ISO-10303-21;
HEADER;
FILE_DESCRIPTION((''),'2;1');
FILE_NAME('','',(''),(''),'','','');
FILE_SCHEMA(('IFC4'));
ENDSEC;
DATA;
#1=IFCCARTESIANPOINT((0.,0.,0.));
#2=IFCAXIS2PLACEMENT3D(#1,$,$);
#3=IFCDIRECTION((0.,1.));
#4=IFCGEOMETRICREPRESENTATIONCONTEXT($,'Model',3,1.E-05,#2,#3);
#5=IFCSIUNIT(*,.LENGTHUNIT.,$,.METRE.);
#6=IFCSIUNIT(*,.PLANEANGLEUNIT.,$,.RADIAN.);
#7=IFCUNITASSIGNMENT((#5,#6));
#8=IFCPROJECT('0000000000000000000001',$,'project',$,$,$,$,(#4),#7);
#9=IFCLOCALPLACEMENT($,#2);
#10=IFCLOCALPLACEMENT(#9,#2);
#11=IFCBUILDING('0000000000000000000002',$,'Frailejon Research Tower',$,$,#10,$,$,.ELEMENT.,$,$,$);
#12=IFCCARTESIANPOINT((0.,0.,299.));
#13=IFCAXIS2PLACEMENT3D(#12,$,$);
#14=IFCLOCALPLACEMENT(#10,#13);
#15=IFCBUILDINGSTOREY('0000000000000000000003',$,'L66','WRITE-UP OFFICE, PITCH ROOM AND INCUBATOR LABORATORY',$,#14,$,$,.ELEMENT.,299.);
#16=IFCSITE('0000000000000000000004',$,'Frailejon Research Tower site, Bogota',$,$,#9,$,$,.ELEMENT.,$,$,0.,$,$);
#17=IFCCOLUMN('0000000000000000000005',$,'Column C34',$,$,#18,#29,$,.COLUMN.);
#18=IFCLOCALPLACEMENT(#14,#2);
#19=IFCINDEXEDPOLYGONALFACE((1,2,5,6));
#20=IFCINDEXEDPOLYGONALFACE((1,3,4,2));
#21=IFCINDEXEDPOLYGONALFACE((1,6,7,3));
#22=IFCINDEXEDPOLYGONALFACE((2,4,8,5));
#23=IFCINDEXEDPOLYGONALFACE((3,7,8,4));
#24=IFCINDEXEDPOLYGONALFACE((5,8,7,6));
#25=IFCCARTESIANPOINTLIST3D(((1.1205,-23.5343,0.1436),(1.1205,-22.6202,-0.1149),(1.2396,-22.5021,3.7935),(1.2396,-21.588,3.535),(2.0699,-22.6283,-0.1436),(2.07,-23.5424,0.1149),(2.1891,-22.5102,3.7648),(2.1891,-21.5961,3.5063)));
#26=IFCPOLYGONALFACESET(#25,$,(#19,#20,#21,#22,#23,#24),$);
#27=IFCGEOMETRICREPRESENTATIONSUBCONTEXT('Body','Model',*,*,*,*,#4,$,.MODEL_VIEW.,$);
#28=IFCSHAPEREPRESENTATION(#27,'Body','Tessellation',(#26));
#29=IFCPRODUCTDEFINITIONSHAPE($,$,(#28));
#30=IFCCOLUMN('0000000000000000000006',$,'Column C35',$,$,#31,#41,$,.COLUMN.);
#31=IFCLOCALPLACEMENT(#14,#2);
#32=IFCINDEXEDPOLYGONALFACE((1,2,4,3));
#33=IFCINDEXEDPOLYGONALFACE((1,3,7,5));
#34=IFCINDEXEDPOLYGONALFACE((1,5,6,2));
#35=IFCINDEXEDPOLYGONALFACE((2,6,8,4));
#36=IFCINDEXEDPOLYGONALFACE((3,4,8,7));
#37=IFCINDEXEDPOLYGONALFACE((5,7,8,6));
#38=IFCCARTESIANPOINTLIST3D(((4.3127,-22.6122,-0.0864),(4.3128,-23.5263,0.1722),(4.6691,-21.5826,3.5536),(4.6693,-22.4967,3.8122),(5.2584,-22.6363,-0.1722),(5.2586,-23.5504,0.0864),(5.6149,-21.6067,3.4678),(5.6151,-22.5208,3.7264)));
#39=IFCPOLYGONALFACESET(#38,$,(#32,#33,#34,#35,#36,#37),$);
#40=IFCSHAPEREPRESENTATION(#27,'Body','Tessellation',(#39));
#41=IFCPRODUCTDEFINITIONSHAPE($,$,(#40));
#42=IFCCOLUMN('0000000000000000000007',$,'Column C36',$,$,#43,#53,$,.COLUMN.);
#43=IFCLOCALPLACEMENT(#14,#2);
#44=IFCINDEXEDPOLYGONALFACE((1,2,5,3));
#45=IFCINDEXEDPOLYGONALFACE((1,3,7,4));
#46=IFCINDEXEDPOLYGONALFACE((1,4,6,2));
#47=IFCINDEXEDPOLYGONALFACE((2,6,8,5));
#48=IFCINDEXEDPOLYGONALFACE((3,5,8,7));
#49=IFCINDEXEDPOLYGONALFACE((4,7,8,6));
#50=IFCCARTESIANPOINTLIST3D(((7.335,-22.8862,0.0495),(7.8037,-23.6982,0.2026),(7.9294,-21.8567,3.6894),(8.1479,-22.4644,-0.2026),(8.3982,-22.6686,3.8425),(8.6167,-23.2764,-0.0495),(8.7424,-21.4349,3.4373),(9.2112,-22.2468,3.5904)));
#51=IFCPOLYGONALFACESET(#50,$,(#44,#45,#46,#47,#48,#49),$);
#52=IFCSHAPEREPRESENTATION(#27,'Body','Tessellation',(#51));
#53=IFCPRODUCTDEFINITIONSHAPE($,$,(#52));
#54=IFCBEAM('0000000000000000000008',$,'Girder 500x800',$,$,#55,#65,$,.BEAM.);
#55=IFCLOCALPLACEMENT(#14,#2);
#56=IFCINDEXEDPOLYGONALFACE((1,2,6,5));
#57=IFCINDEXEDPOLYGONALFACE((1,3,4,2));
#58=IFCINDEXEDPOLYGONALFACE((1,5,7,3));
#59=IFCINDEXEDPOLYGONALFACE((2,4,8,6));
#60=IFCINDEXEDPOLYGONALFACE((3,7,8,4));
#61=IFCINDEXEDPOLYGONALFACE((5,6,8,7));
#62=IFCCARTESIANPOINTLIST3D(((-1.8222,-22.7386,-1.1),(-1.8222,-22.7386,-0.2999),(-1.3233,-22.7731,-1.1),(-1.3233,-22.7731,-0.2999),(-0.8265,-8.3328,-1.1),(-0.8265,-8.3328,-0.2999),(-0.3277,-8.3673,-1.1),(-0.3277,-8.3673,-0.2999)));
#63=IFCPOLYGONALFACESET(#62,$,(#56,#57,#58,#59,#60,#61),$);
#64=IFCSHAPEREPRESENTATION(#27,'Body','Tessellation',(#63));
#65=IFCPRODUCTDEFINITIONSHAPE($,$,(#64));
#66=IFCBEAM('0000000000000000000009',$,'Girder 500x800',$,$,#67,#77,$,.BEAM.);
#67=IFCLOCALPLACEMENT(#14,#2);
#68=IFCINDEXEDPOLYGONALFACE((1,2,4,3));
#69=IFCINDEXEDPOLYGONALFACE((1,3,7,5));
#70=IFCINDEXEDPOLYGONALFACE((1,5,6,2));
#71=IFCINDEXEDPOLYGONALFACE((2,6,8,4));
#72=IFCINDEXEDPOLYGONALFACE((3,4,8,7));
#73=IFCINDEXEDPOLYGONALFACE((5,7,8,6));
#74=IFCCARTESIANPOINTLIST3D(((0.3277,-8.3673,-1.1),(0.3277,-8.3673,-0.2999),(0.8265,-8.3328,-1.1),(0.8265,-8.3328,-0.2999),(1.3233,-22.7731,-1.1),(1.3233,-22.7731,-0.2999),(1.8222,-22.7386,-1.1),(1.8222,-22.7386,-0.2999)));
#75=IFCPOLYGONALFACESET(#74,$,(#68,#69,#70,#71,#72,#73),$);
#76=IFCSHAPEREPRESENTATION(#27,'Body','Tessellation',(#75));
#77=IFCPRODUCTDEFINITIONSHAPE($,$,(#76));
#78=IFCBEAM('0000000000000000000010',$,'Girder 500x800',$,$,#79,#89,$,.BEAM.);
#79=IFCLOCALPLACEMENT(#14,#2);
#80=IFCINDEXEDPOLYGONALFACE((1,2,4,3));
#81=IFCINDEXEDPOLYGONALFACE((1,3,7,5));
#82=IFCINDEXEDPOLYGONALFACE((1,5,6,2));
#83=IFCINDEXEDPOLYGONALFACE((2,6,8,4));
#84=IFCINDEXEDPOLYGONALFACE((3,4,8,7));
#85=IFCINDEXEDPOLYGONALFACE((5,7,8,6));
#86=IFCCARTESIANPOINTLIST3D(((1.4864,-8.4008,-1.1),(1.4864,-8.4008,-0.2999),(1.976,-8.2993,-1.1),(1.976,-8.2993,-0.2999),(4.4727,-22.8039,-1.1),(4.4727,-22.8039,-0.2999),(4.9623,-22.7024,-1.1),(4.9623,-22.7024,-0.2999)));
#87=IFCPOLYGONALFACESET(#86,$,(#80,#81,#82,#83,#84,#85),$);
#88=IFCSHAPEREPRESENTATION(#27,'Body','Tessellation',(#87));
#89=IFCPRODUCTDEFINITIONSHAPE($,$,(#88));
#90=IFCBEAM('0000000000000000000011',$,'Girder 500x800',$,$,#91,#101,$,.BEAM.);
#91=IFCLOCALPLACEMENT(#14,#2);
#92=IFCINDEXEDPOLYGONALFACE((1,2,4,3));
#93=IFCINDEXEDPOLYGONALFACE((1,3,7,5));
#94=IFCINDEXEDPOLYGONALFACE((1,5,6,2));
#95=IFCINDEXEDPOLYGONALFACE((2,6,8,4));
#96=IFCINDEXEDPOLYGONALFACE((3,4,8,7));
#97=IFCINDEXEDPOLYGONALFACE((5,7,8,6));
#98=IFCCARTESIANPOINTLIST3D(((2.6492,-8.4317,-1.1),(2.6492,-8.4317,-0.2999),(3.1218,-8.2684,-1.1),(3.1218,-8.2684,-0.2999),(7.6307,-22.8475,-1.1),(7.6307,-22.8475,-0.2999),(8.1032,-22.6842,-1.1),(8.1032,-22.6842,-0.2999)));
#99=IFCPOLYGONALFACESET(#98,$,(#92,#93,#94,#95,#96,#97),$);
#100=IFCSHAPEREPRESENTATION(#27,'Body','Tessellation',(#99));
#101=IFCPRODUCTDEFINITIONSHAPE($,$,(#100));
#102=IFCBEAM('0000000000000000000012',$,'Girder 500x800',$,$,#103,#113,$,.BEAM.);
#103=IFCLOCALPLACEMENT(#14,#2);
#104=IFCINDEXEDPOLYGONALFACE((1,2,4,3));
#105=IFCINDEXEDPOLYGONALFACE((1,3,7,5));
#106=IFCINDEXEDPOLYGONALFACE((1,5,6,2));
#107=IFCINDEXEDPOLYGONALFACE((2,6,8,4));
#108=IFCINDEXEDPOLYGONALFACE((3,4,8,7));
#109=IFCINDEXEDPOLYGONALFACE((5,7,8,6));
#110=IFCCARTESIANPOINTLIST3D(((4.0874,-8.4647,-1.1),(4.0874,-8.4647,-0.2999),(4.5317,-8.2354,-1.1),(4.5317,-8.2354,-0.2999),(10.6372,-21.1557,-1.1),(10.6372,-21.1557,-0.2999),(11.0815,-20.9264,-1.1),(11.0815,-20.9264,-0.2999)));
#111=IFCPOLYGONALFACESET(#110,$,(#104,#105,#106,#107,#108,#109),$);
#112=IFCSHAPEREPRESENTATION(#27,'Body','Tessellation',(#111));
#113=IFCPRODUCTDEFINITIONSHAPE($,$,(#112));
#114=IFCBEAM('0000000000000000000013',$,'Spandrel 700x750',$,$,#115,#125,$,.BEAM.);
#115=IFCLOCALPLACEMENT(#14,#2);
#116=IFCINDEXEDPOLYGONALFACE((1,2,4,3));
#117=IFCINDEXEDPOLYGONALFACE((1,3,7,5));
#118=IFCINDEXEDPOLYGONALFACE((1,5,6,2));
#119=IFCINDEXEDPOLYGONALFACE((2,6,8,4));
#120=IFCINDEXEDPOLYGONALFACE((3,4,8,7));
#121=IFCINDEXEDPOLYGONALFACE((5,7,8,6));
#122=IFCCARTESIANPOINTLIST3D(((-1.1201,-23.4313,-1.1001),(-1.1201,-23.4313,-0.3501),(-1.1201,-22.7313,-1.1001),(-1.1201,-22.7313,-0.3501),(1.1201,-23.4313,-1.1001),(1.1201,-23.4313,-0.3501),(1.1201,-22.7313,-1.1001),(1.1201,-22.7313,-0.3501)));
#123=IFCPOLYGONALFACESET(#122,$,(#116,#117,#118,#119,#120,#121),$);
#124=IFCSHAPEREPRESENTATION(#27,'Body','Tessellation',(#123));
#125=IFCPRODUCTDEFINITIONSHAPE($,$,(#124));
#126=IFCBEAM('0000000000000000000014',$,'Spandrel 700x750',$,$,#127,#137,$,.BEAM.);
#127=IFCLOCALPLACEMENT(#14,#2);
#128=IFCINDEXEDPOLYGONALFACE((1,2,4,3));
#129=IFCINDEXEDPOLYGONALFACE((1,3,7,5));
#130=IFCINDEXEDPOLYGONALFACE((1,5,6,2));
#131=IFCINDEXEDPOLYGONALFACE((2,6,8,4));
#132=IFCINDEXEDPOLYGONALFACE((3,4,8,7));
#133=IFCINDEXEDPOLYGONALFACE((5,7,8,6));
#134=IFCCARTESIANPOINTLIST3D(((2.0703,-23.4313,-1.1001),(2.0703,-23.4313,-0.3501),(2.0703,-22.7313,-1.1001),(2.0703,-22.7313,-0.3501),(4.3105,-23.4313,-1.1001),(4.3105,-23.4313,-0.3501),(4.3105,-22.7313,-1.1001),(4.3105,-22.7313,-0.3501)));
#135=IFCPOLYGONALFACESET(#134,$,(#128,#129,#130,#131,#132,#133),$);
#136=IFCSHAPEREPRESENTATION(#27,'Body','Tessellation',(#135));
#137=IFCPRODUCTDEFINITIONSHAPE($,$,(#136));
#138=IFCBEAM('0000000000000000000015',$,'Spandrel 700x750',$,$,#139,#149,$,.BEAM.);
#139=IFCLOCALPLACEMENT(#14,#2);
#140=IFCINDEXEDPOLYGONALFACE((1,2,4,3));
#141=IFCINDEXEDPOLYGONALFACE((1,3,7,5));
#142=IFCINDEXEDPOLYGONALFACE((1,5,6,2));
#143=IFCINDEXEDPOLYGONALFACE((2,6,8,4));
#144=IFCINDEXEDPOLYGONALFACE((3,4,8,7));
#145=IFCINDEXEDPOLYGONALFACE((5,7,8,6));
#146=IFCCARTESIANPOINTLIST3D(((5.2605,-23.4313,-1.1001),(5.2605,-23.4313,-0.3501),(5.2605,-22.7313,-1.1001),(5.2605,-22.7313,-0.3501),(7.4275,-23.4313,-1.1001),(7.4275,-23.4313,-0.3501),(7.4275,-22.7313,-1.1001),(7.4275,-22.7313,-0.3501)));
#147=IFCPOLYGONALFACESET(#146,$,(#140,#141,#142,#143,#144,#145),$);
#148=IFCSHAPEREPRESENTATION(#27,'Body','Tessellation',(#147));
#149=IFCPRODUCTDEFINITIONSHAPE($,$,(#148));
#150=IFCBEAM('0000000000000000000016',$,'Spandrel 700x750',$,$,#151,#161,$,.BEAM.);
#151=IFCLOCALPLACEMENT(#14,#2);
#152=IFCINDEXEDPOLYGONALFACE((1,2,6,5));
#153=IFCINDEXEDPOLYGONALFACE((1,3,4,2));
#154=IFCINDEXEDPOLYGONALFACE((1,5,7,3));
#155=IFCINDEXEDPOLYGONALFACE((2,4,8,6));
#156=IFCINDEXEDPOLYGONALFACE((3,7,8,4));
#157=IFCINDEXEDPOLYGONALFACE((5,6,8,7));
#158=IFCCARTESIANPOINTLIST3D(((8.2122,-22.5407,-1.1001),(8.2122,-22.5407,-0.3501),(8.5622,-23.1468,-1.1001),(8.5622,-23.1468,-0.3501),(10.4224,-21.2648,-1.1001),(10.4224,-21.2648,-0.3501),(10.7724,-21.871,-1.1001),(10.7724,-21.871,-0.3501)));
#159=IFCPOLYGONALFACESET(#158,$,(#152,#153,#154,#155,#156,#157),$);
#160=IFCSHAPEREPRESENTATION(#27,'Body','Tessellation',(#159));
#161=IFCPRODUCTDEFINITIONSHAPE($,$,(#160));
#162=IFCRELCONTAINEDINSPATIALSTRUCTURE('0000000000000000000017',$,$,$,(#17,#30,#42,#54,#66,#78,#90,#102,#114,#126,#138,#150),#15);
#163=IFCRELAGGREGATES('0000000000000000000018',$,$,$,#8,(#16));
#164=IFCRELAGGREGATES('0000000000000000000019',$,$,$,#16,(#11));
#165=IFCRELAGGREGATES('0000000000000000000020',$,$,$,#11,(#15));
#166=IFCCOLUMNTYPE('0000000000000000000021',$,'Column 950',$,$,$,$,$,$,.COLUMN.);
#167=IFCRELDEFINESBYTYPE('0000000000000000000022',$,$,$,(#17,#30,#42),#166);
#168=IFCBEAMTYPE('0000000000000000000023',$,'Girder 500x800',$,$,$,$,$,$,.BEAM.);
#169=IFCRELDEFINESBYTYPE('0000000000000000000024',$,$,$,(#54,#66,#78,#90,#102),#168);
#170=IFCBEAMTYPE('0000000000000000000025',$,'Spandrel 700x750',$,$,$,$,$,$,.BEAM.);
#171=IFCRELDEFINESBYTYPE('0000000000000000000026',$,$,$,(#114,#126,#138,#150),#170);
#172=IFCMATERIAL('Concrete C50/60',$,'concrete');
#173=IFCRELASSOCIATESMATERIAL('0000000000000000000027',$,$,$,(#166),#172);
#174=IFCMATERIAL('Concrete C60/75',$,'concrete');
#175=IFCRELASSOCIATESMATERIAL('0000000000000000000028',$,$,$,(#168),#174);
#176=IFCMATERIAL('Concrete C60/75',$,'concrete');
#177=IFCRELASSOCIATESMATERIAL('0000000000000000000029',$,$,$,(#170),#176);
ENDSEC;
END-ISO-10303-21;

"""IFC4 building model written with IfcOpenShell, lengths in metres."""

from ifc_helpers import new_model, si_unit, direction, frame, origin, origin_2d, place, context, subcontext, project, spatial, rectangle, extrude, material, material_profile, profile_set, type_object, element, save


model = new_model("IFC4")

# Units and contexts
model_context = context("Model", 3, precision=1e-05, world=origin(), true_north=direction((0.0, 1.0)))
body_context = subcontext(model_context, "Body", "Model", "MODEL_VIEW")
ifc_project = project(units=[si_unit("LENGTHUNIT", "METRE"), si_unit("PLANEANGLEUNIT", "RADIAN")], contexts=[model_context])

# Site, building, storey
site_placement = place(None, origin())
site = spatial("IfcSite", under=ifc_project, at=site_placement, Name="Frailejon Research Tower site, Bogota", CompositionType="ELEMENT", RefElevation=0.0)
building_placement = place(site_placement, origin())
building = spatial("IfcBuilding", under=site, at=building_placement, Name="Frailejon Research Tower", CompositionType="ELEMENT")
storey_placement = place(building_placement, frame((0.0, 0.0, 299.0)))
storey = spatial("IfcBuildingStorey", under=building, at=storey_placement, Name="L66", Description="WRITE-UP OFFICE, PITCH ROOM AND INCUBATOR LABORATORY", CompositionType="ELEMENT", Elevation=299.0)

# Columns
ifc_material_1 = material(Name="Concrete C50/60", Category="concrete")
ifc_material_profile_1 = material_profile(ifc_material_1, rectangle(XDim=0.95, YDim=0.95, at=origin_2d()), Name="Column 950")
ifc_profile_set_1 = profile_set([ifc_material_profile_1], Name="Concrete C50/60")
column_type = type_object("IfcColumnType", Name="Column 950", PredefinedType="COLUMN", material=ifc_profile_set_1)
column_1_placement = place(storey_placement, frame((1.5952, -23.0813, 0.0), z_axis=(0.031395, 0.272002, 0.961785), x_axis=(0.999507, -0.008525, -0.030215)))
element("IfcColumn", 1, at=column_1_placement, inside=storey, type_object=column_type, Name="Column C34", PredefinedType="COLUMN", context=body_context, shape_type="SweptSolid", body=[
    extrude(rectangle(XDim=0.95, YDim=0.95, at=origin_2d()), origin(), (0.0, 0.0, 1.0), 3.7949),
])
column_2_placement = place(storey_placement, frame((4.7856, -23.0813, 0.0), z_axis=(0.093815, 0.270971, 0.958005), x_axis=(0.99559, -0.025368, -0.09032)))
element("IfcColumn", 2, at=column_2_placement, inside=storey, type_object=column_type, Name="Column C35", PredefinedType="COLUMN", context=body_context, shape_type="SweptSolid", body=[
    extrude(rectangle(XDim=0.95, YDim=0.95, at=origin_2d()), origin(), (0.0, 0.0, 1.0), 3.7996),
])
column_3_placement = place(storey_placement, frame((7.9758, -23.0813, 0.0), z_axis=(0.155253, 0.268871, 0.950581), x_axis=(0.855809, 0.444038, -0.26537)))
element("IfcColumn", 3, at=column_3_placement, inside=storey, type_object=column_type, Name="Column C36", PredefinedType="COLUMN", context=body_context, shape_type="SweptSolid", body=[
    extrude(rectangle(XDim=0.95, YDim=0.95, at=origin_2d()), origin(), (0.0, 0.0, 1.0), 3.8291),
])

# Beams
ifc_material_2 = material(Name="Concrete C60/75", Category="concrete")
ifc_material_profile_2 = material_profile(ifc_material_2, rectangle(XDim=0.5, YDim=0.8, at=origin_2d()), Name="Girder 500x800")
ifc_profile_set_2 = profile_set([ifc_material_profile_2], Name="Concrete C60/75")
beam_type_1 = type_object("IfcBeamType", Name="Girder 500x800", PredefinedType="BEAM", material=ifc_profile_set_2)
for number, where, z_axis, x_axis, name in (
    (4, (-1.5728, -22.7559, -0.7), (0.068947, 0.99762, 0.0), (-0.99762, 0.068947, 0.0), "Girder 500x800"),
    (5, (1.5728, -22.7559, -0.7), (-0.068947, 0.99762, 0.0), (-0.99762, -0.068947, 0.0), "Girder 500x800"),
):
    element("IfcBeam", number, at=place(storey_placement, frame(where, z_axis=z_axis, x_axis=x_axis)), inside=storey, type_object=beam_type_1, Name=name, PredefinedType="BEAM", context=body_context, shape_type="SweptSolid", body=[
        extrude(rectangle(XDim=0.5, YDim=0.8, at=origin_2d()), origin(), (0.0, 0.0, 1.0), 14.4402),
    ])
beam_1_placement = place(storey_placement, frame((4.7175, -22.7532, -0.7), z_axis=(-0.203022, 0.979174, 0.0), x_axis=(-0.979174, -0.203022, 0.0)))
element("IfcBeam", 6, at=beam_1_placement, inside=storey, type_object=beam_type_1, Name="Girder 500x800", PredefinedType="BEAM", context=body_context, shape_type="SweptSolid", body=[
    extrude(rectangle(XDim=0.5, YDim=0.8, at=origin_2d()), origin(), (0.0, 0.0, 1.0), 14.7095),
])
beam_2_placement = place(storey_placement, frame((7.8669, -22.7659, -0.7), z_axis=(-0.326605, 0.945161, 0.0), x_axis=(-0.945161, -0.326605, 0.0)))
element("IfcBeam", 7, at=beam_2_placement, inside=storey, type_object=beam_type_1, Name="Girder 500x800", PredefinedType="BEAM", context=body_context, shape_type="SweptSolid", body=[
    extrude(rectangle(XDim=0.5, YDim=0.8, at=origin_2d()), origin(), (0.0, 0.0, 1.0), 15.2522),
])
beam_3_placement = place(storey_placement, frame((10.8594, -21.041, -0.7), z_axis=(-0.458624, 0.888631, 0.0), x_axis=(-0.888631, -0.458624, 0.0)))
element("IfcBeam", 8, at=beam_3_placement, inside=storey, type_object=beam_type_1, Name="Girder 500x800", PredefinedType="BEAM", context=body_context, shape_type="SweptSolid", body=[
    extrude(rectangle(XDim=0.5, YDim=0.8, at=origin_2d()), origin(), (0.0, 0.0, 1.0), 14.2815),
])
ifc_material_3 = material(Name="Concrete C60/75", Category="concrete")
ifc_material_profile_3 = material_profile(ifc_material_3, rectangle(XDim=0.7, YDim=0.75, at=origin_2d()), Name="Spandrel 700x750")
ifc_profile_set_3 = profile_set([ifc_material_profile_3], Name="Concrete C60/75")
beam_type_2 = type_object("IfcBeamType", Name="Spandrel 700x750", PredefinedType="BEAM", material=ifc_profile_set_3)
for number, where, z_axis, x_axis, name in (
    (9, (-1.1201, -23.0813, -0.7251), (1.0, 0.0, 0.0), (0.0, 1.0, 0.0), "Spandrel 700x750"),
    (10, (2.0703, -23.0813, -0.7251), (1.0, 0.0, 0.0), (0.0, 1.0, 0.0), "Spandrel 700x750"),
):
    element("IfcBeam", number, at=place(storey_placement, frame(where, z_axis=z_axis, x_axis=x_axis)), inside=storey, type_object=beam_type_2, Name=name, PredefinedType="BEAM", context=body_context, shape_type="SweptSolid", body=[
        extrude(rectangle(XDim=0.7, YDim=0.75, at=origin_2d()), origin(), (0.0, 0.0, 1.0), 2.2402),
    ])
beam_4_placement = place(storey_placement, frame((5.2605, -23.0813, -0.7251), z_axis=(1.0, 0.0, 0.0), x_axis=(0.0, 1.0, 0.0)))
element("IfcBeam", 11, at=beam_4_placement, inside=storey, type_object=beam_type_2, Name="Spandrel 700x750", PredefinedType="BEAM", context=body_context, shape_type="SweptSolid", body=[
    extrude(rectangle(XDim=0.7, YDim=0.75, at=origin_2d()), origin(), (0.0, 0.0, 1.0), 2.167),
])
beam_5_placement = place(storey_placement, frame((8.3872, -22.8438, -0.7251), z_axis=(0.866057, 0.499946, 0.0), x_axis=(-0.499946, 0.866057, 0.0)))
element("IfcBeam", 12, at=beam_5_placement, inside=storey, type_object=beam_type_2, Name="Spandrel 700x750", PredefinedType="BEAM", context=body_context, shape_type="SweptSolid", body=[
    extrude(rectangle(XDim=0.7, YDim=0.75, at=origin_2d()), origin(), (0.0, 0.0, 1.0), 2.552),
])

save(model, "model.ifc")
